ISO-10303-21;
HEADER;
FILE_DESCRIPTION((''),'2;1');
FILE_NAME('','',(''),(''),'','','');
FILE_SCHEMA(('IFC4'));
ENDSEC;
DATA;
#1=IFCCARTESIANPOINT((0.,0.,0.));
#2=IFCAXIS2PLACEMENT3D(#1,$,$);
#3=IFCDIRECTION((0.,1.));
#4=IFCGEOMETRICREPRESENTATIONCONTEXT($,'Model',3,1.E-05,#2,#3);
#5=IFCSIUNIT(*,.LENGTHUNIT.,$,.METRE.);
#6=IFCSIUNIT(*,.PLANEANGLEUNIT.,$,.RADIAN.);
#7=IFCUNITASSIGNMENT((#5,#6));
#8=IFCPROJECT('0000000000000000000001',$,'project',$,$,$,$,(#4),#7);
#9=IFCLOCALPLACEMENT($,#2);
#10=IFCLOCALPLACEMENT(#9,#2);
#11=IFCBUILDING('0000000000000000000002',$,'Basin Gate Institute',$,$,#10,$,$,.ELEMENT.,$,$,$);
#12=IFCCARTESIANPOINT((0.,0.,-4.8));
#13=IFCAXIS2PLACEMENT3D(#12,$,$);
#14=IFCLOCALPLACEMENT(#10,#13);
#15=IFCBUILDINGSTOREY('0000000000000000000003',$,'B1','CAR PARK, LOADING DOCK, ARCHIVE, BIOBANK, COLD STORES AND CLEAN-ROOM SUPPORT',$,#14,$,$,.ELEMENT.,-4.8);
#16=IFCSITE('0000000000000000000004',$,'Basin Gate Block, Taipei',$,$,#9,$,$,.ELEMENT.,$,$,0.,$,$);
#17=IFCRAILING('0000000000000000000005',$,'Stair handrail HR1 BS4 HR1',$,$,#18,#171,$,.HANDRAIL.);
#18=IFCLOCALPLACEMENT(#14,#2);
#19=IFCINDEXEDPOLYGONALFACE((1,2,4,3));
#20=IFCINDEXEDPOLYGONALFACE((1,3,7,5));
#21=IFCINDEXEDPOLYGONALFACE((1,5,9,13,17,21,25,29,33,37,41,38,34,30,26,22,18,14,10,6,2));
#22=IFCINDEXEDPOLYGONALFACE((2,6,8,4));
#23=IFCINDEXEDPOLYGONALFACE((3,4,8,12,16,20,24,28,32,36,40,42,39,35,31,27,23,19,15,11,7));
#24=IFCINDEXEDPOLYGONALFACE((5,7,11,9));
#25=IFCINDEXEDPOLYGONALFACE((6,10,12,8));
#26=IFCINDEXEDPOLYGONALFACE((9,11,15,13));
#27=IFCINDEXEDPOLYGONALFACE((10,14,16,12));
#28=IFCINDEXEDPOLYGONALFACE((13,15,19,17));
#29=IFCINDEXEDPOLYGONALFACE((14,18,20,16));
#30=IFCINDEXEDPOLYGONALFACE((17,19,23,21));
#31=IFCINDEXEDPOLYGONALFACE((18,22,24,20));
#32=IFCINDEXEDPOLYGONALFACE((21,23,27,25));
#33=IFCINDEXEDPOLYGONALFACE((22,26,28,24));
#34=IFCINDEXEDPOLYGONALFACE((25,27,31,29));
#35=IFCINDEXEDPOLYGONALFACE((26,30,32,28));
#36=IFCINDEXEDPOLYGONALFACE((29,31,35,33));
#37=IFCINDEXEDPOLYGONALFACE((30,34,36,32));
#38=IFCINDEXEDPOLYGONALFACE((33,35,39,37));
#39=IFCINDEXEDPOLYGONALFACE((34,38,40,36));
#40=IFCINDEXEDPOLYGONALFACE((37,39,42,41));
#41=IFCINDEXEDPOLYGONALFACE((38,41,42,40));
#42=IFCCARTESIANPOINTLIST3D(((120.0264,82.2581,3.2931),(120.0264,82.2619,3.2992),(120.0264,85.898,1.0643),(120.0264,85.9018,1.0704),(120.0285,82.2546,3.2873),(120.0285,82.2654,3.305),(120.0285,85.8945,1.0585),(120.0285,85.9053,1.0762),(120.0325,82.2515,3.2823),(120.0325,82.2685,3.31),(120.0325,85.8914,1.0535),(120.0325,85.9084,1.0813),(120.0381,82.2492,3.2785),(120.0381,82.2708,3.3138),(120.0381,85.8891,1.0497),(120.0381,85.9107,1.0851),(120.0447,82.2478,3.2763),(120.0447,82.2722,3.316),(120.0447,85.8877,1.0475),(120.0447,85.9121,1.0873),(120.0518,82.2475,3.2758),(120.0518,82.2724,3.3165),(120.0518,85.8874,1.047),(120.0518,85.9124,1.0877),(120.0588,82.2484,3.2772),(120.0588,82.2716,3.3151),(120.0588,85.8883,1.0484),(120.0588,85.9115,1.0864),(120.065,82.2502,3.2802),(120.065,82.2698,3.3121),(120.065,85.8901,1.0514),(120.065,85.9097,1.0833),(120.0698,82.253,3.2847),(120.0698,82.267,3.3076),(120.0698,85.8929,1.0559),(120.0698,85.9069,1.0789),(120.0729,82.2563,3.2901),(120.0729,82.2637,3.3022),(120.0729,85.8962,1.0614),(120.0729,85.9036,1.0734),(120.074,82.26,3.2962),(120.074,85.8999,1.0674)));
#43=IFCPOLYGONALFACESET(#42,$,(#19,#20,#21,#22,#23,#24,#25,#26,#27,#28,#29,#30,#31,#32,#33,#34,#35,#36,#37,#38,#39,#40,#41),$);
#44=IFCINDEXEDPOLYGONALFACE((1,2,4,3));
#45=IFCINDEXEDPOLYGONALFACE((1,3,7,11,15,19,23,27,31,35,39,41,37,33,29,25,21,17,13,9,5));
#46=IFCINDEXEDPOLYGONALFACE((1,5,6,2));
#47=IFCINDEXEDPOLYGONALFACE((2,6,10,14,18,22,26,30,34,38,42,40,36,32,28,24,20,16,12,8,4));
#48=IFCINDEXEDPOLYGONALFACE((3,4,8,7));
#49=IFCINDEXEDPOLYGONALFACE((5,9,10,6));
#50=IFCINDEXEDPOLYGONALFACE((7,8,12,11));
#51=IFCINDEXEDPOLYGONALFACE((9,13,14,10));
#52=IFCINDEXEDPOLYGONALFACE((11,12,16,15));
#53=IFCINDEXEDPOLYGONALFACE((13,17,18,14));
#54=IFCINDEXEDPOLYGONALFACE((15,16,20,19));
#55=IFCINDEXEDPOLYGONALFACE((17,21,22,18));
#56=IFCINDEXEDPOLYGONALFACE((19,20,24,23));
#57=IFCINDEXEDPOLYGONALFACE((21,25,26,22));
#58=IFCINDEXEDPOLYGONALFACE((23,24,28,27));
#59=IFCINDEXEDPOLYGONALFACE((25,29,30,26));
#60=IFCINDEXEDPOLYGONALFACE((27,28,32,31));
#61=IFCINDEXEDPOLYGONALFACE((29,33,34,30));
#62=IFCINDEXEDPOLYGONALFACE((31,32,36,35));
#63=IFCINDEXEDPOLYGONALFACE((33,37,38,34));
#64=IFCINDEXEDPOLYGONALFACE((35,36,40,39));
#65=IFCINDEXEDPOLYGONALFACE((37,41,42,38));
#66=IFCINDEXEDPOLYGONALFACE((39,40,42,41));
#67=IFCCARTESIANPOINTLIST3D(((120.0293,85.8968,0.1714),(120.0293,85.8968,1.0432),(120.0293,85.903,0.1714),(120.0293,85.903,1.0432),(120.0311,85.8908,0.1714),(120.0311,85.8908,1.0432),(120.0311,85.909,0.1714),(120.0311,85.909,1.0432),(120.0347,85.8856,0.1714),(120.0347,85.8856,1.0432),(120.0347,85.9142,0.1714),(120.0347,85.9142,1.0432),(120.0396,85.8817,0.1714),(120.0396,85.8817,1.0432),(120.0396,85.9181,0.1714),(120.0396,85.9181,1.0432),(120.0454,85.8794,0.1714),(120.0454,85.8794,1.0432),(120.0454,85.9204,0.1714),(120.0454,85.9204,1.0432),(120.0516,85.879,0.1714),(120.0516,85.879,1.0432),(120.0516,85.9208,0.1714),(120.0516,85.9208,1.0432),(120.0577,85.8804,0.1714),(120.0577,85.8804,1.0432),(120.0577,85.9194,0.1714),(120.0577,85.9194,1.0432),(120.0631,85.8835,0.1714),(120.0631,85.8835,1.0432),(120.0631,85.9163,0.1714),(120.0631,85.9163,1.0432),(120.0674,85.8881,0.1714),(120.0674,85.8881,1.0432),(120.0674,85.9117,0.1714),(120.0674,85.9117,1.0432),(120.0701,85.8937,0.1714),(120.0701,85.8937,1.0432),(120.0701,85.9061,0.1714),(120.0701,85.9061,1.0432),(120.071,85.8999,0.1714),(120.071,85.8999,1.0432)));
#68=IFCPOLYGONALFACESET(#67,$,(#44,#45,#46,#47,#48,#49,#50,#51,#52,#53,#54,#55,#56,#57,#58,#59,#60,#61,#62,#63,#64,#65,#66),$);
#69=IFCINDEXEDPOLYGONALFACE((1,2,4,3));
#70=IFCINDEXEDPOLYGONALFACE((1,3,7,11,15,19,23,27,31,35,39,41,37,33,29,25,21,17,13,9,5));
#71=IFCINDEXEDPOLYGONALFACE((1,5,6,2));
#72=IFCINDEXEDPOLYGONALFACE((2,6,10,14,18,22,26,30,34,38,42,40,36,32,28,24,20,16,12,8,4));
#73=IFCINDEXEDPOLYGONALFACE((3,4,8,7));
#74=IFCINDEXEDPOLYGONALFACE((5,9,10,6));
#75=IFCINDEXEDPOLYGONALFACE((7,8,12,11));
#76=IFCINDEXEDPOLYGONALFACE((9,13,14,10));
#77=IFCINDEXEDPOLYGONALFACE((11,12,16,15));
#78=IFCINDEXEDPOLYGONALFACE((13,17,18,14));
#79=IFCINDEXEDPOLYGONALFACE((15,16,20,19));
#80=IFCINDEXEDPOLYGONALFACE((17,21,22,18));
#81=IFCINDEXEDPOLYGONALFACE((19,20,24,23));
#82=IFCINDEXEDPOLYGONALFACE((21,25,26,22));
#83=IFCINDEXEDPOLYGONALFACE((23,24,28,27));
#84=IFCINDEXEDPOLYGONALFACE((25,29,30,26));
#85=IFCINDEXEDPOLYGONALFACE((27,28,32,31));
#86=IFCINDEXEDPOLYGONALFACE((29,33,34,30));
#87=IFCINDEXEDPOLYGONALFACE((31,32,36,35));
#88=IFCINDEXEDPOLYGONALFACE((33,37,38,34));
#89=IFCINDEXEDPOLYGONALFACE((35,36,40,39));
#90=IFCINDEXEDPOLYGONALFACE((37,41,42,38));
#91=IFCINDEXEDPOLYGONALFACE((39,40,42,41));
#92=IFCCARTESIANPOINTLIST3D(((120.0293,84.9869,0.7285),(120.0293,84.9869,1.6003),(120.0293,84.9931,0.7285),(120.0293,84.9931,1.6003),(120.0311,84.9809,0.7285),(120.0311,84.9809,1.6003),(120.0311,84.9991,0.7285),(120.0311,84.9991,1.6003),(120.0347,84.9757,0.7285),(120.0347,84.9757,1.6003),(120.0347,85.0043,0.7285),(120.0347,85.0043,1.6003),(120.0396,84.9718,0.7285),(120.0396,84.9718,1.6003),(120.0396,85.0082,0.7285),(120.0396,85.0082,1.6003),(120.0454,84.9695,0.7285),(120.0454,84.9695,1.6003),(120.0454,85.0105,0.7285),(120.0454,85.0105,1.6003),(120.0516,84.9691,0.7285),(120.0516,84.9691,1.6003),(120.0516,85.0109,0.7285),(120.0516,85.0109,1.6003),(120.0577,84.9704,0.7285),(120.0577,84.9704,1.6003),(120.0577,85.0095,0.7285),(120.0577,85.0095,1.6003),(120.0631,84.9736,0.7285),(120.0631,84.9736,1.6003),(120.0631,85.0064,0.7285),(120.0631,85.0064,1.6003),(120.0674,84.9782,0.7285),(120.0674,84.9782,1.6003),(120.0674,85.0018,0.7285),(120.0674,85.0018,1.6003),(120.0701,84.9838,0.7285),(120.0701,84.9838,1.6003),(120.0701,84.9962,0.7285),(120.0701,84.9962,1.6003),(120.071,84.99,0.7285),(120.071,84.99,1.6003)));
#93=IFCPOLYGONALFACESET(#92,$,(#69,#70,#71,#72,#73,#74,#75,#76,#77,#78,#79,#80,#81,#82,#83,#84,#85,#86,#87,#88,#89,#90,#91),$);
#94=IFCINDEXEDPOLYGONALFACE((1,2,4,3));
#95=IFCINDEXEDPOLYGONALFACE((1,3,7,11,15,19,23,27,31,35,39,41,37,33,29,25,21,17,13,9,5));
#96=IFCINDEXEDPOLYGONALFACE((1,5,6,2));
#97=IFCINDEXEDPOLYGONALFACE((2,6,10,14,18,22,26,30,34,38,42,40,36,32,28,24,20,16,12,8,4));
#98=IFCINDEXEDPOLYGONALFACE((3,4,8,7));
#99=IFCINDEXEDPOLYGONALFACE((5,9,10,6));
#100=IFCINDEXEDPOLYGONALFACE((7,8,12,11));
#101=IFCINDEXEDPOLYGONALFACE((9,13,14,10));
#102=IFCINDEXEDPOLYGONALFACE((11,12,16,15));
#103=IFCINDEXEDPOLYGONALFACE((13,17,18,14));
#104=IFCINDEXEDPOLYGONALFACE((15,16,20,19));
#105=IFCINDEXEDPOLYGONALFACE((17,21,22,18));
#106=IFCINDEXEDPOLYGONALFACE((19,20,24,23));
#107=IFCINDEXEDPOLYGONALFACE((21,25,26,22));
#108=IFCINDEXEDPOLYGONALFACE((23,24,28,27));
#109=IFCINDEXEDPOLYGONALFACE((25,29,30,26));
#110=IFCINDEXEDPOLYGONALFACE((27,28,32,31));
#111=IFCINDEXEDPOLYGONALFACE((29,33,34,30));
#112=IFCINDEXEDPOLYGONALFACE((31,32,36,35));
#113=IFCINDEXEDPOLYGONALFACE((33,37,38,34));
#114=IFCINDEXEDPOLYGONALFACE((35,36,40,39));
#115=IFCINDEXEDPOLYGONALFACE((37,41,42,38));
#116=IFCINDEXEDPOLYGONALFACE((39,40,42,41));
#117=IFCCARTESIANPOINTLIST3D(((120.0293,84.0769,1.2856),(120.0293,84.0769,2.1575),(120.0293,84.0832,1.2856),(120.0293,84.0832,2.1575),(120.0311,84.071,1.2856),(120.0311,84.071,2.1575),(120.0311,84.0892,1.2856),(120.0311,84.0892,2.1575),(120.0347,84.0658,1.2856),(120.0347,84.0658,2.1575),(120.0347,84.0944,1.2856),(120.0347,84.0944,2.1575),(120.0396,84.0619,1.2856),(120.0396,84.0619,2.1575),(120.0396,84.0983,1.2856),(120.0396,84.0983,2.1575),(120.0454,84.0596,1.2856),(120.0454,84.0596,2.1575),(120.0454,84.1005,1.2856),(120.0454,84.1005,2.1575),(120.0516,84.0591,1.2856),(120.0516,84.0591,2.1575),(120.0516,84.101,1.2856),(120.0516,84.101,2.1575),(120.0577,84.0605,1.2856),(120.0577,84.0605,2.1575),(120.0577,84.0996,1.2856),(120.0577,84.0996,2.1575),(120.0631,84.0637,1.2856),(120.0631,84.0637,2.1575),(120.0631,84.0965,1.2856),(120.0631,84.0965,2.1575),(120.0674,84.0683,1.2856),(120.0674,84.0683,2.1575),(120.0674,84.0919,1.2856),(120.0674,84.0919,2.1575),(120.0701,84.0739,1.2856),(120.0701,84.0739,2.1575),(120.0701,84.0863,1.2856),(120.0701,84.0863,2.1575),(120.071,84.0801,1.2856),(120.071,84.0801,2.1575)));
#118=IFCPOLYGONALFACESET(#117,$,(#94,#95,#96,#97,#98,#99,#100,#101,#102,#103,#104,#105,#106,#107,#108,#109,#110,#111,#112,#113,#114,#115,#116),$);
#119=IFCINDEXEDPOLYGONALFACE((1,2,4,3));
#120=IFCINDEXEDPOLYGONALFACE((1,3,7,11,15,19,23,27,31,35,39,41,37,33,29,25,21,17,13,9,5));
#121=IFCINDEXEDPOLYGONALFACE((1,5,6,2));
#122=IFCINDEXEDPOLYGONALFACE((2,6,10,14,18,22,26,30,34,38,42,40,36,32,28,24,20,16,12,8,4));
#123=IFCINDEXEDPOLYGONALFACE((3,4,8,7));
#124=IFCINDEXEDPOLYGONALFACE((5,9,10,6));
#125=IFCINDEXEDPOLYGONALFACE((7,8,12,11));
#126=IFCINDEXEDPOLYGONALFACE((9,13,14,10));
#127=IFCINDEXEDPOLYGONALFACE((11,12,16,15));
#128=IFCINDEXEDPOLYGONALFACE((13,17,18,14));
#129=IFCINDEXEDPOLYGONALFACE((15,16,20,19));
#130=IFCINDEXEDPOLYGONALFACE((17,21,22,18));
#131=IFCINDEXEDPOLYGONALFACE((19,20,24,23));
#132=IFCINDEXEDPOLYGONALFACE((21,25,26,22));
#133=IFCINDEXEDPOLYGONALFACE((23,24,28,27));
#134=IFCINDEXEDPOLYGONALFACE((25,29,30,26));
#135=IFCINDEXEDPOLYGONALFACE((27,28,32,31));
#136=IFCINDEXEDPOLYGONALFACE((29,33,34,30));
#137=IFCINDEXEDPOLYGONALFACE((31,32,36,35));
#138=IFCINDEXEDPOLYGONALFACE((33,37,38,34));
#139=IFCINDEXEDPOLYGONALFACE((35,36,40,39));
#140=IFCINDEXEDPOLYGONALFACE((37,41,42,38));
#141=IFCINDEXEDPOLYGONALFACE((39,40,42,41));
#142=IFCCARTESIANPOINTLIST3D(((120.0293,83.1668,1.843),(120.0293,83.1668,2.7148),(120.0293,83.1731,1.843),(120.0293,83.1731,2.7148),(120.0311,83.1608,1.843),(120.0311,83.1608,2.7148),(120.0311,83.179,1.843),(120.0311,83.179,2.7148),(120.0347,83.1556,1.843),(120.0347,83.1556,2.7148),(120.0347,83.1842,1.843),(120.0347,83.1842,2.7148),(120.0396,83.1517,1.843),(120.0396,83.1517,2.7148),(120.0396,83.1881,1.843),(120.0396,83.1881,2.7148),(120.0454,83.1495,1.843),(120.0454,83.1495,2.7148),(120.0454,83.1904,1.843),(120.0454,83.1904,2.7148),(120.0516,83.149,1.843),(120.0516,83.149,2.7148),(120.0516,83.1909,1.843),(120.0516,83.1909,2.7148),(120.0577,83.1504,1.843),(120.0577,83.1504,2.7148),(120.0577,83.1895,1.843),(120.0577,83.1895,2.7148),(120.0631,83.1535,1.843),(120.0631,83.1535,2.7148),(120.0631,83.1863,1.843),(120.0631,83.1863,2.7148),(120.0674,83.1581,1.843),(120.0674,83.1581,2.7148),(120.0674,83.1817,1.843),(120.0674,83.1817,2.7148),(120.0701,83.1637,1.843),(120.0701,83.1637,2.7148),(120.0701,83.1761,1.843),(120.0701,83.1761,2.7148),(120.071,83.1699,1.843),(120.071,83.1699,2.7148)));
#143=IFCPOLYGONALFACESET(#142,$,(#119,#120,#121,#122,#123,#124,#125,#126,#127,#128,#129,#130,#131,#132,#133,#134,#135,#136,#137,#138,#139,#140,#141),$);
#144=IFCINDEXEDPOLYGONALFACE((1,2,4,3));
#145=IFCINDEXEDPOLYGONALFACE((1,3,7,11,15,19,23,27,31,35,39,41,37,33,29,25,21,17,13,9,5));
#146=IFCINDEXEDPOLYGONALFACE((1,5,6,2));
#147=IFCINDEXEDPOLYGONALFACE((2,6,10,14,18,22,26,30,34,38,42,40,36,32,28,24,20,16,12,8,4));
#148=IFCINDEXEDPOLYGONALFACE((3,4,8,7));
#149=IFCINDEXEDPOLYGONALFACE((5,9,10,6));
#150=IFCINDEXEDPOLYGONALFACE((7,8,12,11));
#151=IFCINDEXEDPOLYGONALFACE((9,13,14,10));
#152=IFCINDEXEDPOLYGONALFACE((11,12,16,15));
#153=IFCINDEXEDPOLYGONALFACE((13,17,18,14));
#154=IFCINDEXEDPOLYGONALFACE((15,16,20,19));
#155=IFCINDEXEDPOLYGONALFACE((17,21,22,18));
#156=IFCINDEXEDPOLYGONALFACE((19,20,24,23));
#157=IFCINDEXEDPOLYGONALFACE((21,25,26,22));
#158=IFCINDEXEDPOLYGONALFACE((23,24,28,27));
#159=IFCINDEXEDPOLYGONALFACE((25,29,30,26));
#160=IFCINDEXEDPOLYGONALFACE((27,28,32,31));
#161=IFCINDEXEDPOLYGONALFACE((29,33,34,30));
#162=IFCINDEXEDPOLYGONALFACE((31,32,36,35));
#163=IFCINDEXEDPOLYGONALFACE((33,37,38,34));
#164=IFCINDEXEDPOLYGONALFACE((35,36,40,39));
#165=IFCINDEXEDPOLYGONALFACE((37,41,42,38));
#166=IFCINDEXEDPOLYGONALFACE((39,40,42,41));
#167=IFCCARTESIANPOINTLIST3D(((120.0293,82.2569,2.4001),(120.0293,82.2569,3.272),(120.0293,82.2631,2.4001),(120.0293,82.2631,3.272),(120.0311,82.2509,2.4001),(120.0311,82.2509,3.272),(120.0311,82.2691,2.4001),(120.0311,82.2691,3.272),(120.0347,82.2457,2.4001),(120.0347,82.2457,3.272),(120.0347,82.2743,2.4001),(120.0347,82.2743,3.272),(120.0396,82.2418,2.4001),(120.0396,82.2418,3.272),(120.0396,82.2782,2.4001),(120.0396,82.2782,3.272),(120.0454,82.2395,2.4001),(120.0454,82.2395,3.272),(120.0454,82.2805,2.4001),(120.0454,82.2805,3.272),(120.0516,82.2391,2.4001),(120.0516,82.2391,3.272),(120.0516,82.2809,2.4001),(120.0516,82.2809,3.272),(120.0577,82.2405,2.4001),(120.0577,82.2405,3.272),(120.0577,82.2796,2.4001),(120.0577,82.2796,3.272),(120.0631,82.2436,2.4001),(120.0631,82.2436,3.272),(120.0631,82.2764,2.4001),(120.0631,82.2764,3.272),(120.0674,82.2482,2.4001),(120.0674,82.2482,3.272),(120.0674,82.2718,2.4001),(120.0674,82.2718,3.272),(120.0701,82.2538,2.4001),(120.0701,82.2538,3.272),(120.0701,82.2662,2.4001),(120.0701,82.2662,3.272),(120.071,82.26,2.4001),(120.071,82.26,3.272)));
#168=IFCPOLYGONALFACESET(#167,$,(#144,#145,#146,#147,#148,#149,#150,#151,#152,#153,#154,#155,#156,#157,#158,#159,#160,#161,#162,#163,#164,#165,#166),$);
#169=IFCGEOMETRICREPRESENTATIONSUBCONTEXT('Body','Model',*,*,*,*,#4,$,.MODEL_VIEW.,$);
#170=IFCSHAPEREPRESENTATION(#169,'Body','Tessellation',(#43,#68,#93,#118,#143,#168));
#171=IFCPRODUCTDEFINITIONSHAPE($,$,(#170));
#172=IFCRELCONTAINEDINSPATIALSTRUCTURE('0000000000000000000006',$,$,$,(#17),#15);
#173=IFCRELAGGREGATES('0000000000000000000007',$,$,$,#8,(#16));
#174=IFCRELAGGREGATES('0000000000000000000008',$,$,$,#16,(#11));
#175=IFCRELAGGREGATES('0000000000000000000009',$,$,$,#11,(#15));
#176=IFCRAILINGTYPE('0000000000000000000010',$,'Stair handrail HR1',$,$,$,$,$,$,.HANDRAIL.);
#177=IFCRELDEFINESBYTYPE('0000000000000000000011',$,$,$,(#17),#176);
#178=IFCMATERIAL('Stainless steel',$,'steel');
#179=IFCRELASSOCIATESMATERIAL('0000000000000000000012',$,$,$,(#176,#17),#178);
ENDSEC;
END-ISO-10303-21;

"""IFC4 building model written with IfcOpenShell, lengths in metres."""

from ifc_helpers import new_model, si_unit, direction, frame, origin, origin_2d, place, context, subcontext, project, spatial, circle, extrude, material, type_object, element, save


model = new_model("IFC4")

# Units and contexts
model_context = context("Model", 3, precision=1e-05, world=origin(), true_north=direction((0.0, 1.0)))
body_context = subcontext(model_context, "Body", "Model", "MODEL_VIEW")
ifc_project = project(units=[si_unit("LENGTHUNIT", "METRE"), si_unit("PLANEANGLEUNIT", "RADIAN")], contexts=[model_context])

# Site, building, storey
site_placement = place(None, origin())
site = spatial("IfcSite", under=ifc_project, at=site_placement, Name="Basin Gate Block, Taipei", CompositionType="ELEMENT", RefElevation=0.0)
building_placement = place(site_placement, origin())
building = spatial("IfcBuilding", under=site, at=building_placement, Name="Basin Gate Institute", CompositionType="ELEMENT")
storey_placement = place(building_placement, frame((0.0, 0.0, -4.8)))
storey = spatial("IfcBuildingStorey", under=building, at=storey_placement, Name="B1", Description="CAR PARK, LOADING DOCK, ARCHIVE, BIOBANK, COLD STORES AND CLEAN-ROOM SUPPORT", CompositionType="ELEMENT", Elevation=-4.8)

# Railing
ifc_material_1 = material(Name="Stainless steel", Category="steel")
railing_type_1 = type_object("IfcRailingType", Name="Stair handrail HR1", PredefinedType="HANDRAIL", material=ifc_material_1)
for number, where, name in (
    (1, (120.05, 85.8999, 0.1714), "Stair handrail HR1 BS4 HR1"),
):
    element("IfcRailing", number, at=place(storey_placement, frame(where)), inside=storey, type_object=railing_type_1, material=ifc_material_1, Name=name, PredefinedType="HANDRAIL", context=body_context, shape_type="SweptSolid", body=[
        extrude(circle(Radius=0.0239, at=origin_2d()), frame((0.0, 0.0, 0.896), z_axis=(0.0, -0.852825, 0.522197), x_axis=(1.0, 0.0, 0.0)), (0.0, 0.0, 1.0), 4.2681),
        extrude(circle(Radius=0.021, at=origin_2d()), origin(), (0.0, 0.0, 1.0), 0.8718),
        extrude(circle(Radius=0.021, at=origin_2d()), frame((0.0, -0.9099, 0.5571)), (0.0, 0.0, 1.0), 0.8718),
        extrude(circle(Radius=0.021, at=origin_2d()), frame((0.0, -1.8198, 1.1143)), (0.0, 0.0, 1.0), 0.8718),
        extrude(circle(Radius=0.021, at=origin_2d()), frame((0.0, -2.73, 1.6716)), (0.0, 0.0, 1.0), 0.8718),
        extrude(circle(Radius=0.021, at=origin_2d()), frame((0.0, -3.6399, 2.2288)), (0.0, 0.0, 1.0), 0.8718),
    ])

save(model, "model.ifc")
